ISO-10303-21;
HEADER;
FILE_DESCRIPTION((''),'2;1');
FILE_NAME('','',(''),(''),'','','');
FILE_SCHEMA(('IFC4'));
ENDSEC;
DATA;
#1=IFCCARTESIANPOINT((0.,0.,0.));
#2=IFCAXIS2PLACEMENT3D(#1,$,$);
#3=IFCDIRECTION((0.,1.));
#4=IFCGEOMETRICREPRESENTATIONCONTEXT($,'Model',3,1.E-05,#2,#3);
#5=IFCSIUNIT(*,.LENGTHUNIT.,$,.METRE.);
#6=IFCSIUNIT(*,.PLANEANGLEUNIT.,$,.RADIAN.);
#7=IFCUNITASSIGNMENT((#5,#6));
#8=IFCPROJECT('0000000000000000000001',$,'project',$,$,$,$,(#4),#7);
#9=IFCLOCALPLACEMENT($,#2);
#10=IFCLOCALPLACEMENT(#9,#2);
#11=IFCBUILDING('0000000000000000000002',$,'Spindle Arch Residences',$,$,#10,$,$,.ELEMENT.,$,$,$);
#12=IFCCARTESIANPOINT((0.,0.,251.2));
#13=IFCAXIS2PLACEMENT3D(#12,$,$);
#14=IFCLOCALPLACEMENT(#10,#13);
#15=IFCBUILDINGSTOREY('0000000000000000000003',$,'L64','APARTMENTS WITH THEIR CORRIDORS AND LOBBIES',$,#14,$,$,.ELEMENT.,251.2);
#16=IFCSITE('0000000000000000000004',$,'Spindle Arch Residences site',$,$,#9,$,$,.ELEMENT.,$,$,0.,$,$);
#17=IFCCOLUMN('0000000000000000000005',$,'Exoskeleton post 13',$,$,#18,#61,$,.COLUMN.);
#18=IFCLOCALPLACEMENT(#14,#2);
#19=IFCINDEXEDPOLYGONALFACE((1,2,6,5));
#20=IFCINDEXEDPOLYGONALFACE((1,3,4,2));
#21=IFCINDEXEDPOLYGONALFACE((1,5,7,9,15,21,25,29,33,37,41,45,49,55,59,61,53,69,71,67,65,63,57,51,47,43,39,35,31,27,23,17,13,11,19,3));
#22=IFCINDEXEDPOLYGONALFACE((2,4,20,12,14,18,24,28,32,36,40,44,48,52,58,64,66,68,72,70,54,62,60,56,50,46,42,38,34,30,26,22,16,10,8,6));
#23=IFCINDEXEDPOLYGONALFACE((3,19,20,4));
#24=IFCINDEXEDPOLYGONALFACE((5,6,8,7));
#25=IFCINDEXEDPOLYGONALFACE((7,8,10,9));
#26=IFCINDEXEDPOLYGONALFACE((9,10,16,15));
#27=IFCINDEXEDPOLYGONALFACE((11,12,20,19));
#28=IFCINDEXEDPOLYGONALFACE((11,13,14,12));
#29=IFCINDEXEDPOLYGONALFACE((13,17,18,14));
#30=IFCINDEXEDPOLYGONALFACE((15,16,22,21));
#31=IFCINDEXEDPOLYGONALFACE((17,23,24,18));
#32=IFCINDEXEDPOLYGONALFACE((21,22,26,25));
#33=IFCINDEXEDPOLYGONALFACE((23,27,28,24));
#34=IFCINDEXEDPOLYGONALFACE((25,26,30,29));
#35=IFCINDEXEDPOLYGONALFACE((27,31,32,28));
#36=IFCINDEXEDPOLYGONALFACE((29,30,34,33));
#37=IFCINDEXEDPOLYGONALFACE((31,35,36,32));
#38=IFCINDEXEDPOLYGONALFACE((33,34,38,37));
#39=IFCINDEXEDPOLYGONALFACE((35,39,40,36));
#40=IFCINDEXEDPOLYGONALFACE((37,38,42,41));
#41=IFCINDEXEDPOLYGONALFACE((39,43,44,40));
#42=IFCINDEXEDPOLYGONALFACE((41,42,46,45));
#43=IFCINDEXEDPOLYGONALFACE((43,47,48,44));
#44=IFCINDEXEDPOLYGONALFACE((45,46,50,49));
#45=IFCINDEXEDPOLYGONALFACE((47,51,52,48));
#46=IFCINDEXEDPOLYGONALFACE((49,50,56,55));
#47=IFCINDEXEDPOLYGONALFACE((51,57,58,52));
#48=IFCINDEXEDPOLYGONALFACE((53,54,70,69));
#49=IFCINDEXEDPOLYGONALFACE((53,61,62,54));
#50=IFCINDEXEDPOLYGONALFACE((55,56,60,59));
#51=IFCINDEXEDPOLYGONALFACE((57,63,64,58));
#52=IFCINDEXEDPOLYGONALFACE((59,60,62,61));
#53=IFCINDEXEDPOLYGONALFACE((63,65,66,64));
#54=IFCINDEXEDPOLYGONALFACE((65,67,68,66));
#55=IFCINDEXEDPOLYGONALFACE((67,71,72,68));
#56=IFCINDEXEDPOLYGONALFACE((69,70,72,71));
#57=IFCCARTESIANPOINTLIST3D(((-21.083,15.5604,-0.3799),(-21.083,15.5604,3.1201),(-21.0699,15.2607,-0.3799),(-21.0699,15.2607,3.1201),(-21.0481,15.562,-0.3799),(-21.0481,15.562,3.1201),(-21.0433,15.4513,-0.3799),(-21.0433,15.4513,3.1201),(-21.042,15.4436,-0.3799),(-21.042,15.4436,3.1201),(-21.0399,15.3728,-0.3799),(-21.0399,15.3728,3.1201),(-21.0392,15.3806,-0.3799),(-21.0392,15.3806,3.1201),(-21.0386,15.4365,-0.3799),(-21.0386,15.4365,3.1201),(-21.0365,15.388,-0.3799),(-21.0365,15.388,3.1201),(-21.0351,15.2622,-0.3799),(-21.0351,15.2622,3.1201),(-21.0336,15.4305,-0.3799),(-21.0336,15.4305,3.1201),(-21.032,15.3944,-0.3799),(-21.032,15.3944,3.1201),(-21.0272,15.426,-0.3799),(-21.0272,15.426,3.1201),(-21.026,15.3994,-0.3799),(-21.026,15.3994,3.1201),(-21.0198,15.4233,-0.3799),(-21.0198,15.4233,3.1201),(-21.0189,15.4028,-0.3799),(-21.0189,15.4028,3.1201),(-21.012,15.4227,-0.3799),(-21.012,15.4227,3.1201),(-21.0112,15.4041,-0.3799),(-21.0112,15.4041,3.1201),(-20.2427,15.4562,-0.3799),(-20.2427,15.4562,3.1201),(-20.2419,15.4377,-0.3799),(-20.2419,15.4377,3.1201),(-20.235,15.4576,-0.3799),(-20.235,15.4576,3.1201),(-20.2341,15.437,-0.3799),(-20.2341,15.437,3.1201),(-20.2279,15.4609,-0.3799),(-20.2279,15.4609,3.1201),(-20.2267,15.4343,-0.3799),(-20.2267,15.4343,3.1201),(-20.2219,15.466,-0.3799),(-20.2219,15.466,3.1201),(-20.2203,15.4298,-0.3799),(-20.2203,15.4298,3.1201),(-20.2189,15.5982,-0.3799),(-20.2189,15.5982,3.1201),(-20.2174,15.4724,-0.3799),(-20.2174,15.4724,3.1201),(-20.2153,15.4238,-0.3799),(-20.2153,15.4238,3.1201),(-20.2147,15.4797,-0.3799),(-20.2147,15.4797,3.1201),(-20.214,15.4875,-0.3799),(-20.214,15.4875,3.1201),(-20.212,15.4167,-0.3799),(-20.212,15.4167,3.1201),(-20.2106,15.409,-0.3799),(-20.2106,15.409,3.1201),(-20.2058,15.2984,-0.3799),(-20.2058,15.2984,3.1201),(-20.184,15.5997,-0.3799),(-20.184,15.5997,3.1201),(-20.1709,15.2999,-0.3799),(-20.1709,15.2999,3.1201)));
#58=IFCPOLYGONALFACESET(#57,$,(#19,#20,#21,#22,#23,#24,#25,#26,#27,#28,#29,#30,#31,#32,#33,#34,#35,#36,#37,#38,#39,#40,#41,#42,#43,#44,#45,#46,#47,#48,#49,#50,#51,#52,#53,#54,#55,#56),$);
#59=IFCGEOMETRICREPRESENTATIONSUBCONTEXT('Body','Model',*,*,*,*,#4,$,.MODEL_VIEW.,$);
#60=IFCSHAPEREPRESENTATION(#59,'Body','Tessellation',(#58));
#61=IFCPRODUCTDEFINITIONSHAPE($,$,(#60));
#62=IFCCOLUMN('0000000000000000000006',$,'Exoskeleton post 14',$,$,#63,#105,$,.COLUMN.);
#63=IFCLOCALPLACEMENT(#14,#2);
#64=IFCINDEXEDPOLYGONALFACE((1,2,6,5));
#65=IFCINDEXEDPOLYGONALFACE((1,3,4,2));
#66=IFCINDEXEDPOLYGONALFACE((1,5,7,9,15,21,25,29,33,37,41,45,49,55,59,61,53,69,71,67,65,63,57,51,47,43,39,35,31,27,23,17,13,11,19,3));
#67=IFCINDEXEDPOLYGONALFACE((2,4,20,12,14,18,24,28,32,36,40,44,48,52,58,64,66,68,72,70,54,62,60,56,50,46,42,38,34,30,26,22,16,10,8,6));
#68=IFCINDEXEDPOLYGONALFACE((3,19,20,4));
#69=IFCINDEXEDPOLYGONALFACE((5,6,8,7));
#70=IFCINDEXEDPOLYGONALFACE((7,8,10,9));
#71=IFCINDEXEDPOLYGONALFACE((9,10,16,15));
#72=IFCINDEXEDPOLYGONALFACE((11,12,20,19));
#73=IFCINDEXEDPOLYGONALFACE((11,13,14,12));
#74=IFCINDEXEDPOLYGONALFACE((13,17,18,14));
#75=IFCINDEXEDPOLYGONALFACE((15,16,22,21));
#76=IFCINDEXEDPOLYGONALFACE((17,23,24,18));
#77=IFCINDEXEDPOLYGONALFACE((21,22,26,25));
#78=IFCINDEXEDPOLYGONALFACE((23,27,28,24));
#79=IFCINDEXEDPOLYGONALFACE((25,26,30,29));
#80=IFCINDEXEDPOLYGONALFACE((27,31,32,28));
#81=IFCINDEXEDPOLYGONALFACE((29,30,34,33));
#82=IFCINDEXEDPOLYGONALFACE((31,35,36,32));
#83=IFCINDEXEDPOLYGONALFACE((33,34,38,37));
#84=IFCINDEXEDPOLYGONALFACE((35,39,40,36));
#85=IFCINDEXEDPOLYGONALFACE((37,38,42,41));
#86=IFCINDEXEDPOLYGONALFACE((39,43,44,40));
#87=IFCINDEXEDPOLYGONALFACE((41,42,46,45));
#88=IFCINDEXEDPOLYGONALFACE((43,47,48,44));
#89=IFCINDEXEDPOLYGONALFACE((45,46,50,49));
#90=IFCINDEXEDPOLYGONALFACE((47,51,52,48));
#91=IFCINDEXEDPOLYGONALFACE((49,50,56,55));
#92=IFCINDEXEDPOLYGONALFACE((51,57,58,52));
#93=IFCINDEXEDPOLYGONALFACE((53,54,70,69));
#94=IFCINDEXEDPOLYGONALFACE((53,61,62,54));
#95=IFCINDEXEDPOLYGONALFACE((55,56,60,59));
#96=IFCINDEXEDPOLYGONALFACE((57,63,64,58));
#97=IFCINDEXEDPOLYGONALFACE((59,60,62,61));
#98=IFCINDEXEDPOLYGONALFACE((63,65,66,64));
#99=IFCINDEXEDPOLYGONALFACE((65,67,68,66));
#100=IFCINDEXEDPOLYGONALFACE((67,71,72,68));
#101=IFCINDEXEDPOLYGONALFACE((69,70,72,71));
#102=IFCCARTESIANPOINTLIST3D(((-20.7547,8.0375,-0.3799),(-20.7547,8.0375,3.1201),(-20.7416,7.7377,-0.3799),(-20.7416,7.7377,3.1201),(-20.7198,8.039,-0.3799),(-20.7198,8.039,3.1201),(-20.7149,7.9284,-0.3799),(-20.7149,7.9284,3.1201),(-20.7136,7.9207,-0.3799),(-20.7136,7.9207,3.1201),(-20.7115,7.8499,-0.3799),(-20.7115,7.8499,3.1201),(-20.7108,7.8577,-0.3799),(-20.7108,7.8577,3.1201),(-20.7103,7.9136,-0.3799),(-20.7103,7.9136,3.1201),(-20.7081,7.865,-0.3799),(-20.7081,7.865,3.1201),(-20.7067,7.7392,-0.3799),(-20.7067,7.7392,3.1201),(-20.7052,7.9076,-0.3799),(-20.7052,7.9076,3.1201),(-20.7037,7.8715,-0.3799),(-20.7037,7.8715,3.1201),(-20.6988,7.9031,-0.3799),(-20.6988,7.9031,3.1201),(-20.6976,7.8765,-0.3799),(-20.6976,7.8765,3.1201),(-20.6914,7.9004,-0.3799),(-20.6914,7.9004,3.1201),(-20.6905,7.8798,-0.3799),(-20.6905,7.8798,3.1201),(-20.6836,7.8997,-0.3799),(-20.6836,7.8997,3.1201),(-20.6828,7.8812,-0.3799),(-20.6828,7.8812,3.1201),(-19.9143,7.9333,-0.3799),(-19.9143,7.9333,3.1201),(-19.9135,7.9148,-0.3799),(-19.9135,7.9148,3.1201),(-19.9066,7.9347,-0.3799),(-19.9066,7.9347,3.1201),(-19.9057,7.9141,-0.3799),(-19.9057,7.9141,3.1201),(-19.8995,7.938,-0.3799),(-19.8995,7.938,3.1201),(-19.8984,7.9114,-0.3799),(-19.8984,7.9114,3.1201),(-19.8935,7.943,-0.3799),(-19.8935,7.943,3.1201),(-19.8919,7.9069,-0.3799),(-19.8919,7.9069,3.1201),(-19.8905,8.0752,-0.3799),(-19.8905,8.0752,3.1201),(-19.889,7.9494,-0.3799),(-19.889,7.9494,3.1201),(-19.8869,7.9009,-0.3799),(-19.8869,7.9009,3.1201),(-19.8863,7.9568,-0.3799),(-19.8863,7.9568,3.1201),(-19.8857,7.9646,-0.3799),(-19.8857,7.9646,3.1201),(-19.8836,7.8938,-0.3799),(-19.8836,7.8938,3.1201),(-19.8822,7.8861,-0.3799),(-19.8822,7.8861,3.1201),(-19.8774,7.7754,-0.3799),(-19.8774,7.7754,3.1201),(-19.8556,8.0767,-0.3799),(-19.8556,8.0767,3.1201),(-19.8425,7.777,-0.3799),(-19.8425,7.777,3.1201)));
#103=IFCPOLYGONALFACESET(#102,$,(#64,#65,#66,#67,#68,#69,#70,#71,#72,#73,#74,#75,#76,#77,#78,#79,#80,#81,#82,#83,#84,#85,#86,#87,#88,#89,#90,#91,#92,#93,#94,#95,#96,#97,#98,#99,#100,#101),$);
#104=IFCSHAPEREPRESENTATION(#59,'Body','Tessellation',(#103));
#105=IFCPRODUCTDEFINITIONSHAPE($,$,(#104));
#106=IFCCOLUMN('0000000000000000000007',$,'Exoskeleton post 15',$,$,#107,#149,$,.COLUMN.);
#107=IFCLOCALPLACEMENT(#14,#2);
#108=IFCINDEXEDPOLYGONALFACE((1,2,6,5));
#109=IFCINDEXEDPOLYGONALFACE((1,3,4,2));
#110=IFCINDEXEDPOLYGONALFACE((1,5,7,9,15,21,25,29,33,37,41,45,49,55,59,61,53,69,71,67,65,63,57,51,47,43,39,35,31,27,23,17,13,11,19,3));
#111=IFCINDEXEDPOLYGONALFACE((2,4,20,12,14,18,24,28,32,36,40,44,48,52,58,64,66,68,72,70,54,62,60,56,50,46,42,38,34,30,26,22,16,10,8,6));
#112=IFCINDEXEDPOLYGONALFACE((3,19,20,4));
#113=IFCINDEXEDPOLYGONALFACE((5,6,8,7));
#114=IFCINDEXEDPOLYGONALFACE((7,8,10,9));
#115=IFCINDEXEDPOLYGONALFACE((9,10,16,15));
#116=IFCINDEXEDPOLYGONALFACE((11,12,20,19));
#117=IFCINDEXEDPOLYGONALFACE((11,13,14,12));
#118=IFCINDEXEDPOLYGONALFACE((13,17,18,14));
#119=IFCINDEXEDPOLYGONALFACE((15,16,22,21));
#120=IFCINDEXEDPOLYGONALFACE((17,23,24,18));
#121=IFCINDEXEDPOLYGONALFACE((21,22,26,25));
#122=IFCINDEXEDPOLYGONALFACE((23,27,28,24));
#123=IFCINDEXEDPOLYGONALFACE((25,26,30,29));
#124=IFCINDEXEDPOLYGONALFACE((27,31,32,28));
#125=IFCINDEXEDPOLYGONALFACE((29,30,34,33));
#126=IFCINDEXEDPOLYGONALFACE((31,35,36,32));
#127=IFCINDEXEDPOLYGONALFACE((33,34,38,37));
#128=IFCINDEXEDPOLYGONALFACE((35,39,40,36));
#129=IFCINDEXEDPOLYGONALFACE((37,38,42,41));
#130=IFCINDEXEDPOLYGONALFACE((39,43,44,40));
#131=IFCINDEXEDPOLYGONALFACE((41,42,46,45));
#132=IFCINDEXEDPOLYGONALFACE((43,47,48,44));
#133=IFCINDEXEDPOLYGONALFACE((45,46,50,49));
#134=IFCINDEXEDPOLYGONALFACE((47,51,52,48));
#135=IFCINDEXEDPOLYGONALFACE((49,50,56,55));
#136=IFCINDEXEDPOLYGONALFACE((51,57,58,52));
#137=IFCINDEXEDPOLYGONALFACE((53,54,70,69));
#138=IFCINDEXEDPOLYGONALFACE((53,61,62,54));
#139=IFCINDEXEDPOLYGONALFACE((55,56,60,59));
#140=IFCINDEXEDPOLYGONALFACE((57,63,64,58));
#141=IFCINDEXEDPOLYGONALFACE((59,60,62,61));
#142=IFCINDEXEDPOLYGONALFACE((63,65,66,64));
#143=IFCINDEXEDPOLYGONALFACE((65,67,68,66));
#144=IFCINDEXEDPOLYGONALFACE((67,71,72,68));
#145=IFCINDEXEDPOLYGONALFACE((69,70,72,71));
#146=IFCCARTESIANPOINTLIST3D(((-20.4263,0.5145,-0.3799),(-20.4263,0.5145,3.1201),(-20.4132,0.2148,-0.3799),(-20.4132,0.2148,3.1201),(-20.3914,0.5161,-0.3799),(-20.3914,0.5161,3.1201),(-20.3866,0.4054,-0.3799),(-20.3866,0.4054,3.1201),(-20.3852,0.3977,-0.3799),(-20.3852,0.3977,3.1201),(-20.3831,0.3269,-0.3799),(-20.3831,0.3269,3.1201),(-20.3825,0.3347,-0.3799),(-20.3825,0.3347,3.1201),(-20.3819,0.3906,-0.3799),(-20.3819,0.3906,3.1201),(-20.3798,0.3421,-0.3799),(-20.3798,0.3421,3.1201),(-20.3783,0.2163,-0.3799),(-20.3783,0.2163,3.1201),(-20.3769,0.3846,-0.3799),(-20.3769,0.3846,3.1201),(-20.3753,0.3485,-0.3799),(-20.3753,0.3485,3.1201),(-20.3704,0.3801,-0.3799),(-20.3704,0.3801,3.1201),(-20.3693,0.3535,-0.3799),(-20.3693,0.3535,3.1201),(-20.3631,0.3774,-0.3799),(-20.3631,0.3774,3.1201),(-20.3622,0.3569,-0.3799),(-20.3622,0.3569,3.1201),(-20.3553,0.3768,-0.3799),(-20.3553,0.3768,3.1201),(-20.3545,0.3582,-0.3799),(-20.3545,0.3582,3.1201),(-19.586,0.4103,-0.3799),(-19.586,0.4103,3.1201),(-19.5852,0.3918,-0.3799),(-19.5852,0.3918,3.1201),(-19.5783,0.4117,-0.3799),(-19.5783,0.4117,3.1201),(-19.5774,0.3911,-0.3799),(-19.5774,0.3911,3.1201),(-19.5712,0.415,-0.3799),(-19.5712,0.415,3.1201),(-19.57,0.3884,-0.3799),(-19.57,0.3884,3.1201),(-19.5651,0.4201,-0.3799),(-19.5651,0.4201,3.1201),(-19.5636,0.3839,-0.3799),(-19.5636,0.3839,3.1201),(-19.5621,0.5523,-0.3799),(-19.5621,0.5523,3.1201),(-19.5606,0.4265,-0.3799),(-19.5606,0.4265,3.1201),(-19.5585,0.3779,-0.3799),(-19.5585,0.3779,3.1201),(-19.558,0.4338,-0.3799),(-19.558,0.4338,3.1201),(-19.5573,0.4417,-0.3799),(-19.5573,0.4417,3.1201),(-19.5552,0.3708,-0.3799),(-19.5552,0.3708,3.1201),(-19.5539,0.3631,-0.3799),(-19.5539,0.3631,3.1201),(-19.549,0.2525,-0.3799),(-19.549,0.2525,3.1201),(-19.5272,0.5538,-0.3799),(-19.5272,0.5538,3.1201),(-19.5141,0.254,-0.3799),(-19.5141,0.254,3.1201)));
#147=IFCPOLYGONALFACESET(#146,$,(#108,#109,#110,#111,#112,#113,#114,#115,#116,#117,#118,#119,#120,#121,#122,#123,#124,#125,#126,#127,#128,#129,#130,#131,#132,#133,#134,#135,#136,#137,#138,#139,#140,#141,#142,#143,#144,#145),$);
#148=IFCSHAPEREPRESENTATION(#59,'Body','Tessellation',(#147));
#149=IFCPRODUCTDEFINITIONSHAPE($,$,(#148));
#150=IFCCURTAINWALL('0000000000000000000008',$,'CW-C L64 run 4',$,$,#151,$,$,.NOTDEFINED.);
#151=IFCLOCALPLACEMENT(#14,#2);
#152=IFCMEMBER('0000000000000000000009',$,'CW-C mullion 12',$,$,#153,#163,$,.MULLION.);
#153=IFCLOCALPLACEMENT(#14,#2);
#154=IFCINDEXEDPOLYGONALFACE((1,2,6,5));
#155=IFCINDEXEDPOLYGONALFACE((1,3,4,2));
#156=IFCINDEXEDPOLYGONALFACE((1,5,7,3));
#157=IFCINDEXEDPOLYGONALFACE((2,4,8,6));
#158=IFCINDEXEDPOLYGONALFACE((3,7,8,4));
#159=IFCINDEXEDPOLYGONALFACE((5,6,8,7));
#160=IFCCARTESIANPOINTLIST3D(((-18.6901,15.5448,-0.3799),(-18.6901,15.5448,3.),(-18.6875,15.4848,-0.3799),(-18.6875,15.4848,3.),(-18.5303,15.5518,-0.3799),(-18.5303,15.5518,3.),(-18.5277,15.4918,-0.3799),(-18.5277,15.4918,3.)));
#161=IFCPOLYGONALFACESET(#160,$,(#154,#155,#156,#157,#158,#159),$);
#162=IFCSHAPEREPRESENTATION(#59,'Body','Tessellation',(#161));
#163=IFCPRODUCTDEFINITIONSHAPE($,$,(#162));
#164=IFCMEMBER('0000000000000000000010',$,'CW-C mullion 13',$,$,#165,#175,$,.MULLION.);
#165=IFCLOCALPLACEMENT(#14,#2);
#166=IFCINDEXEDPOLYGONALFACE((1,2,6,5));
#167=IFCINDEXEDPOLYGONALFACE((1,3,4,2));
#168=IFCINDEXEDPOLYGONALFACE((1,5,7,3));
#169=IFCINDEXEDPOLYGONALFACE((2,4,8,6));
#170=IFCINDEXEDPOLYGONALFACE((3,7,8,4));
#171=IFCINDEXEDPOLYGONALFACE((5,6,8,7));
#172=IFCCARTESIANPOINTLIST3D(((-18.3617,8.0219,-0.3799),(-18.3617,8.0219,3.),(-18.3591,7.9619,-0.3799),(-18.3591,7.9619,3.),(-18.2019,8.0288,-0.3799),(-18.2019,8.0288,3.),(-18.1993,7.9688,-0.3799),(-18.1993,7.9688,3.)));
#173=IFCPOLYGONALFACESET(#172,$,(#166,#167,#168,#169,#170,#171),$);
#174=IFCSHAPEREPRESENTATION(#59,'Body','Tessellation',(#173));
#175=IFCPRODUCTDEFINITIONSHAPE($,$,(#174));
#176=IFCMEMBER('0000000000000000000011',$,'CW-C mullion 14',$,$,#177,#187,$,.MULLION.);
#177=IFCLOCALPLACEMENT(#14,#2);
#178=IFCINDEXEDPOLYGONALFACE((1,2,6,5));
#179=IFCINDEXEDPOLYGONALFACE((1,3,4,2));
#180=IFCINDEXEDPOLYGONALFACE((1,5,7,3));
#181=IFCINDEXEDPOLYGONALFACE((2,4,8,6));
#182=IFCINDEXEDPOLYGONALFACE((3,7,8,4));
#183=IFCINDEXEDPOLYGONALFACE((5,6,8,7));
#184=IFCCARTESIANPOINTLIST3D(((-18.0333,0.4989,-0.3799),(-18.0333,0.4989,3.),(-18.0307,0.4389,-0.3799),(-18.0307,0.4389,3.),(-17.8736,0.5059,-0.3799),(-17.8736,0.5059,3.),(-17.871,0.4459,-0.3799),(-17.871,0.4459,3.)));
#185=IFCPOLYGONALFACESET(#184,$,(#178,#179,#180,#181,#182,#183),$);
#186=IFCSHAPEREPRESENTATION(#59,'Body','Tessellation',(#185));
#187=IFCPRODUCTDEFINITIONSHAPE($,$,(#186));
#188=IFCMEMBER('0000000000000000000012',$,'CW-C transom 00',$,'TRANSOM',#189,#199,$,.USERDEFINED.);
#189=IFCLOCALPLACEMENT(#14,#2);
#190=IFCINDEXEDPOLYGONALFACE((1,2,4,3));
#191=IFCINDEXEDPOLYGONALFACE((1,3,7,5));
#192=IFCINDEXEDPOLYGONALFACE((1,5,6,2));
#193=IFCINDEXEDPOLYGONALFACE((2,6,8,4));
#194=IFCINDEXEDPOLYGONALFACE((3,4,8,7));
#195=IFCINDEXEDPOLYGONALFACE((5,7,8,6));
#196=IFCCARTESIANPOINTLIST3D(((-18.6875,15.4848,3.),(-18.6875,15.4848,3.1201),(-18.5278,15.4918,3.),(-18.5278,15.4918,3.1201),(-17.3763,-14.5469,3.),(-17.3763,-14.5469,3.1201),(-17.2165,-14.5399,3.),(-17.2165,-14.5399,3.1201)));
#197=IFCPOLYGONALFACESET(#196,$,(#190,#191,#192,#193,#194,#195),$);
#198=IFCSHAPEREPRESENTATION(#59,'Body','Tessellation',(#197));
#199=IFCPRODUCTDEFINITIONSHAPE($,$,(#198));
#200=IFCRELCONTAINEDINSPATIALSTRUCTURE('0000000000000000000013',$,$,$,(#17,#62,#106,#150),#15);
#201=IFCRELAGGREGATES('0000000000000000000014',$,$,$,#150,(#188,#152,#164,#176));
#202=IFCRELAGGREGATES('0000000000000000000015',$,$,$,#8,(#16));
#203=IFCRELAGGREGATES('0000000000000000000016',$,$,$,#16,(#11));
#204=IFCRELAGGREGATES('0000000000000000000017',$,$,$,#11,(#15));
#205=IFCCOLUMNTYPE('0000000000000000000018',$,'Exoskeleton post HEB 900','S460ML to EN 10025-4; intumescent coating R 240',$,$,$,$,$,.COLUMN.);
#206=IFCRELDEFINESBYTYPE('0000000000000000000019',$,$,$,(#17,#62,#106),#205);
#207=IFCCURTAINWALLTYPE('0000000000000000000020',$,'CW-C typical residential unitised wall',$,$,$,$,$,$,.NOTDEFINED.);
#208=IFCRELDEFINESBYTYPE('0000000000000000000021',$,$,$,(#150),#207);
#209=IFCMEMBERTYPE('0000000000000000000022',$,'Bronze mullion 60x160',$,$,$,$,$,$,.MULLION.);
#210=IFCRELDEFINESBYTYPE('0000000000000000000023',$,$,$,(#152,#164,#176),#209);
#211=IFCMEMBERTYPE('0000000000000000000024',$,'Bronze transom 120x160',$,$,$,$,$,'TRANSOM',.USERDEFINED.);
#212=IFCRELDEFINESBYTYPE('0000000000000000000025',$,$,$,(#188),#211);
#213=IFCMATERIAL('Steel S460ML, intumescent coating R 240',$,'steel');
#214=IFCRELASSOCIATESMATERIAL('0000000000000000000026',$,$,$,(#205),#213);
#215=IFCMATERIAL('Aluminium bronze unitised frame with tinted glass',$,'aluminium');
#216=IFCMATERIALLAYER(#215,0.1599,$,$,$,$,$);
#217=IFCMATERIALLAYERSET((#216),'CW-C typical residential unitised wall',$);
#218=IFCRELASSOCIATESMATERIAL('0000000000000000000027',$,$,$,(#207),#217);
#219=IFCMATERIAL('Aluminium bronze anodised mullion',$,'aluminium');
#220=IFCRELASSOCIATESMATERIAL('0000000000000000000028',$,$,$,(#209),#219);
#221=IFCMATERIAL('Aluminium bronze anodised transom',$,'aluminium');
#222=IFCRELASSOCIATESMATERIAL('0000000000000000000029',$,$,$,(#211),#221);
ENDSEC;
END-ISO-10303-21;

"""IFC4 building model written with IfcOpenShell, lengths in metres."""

from ifc_helpers import new_model, si_unit, direction, frame, origin, origin_2d, place, context, subcontext, project, spatial, rectangle, i_section, extrude, material, layer, layer_set, material_profile, profile_set, type_object, element, aggregate, save


model = new_model("IFC4")

# Units and contexts
model_context = context("Model", 3, precision=1e-05, world=origin(), true_north=direction((0.0, 1.0)))
body_context = subcontext(model_context, "Body", "Model", "MODEL_VIEW")
ifc_project = project(units=[si_unit("LENGTHUNIT", "METRE"), si_unit("PLANEANGLEUNIT", "RADIAN")], contexts=[model_context])

# Site, building, storey
site_placement = place(None, origin())
site = spatial("IfcSite", under=ifc_project, at=site_placement, Name="Spindle Arch Residences site", CompositionType="ELEMENT", RefElevation=0.0)
building_placement = place(site_placement, origin())
building = spatial("IfcBuilding", under=site, at=building_placement, Name="Spindle Arch Residences", CompositionType="ELEMENT")
storey_placement = place(building_placement, frame((0.0, 0.0, 251.2)))
storey = spatial("IfcBuildingStorey", under=building, at=storey_placement, Name="L64", Description="APARTMENTS WITH THEIR CORRIDORS AND LOBBIES", CompositionType="ELEMENT", Elevation=251.2)

# Columns
ifc_material_1 = material(Name="Steel S460ML, intumescent coating R 240", Category="steel")
ifc_material_profile_1 = material_profile(ifc_material_1, i_section(OverallWidth=0.3, OverallDepth=0.8999, WebThickness=0.0186, FlangeThickness=0.0349, FilletRadius=0.03, at=origin_2d()), Name="HEB 900")
ifc_profile_set_1 = profile_set([ifc_material_profile_1], Name="Steel S460ML, intumescent coating R 240")
column_type = type_object("IfcColumnType", Name="Exoskeleton post HEB 900", Description="S460ML to EN 10025-4; intumescent coating R 240", PredefinedType="COLUMN", material=ifc_profile_set_1)
for number, where, z_axis, x_axis, name in (
    (1, (-20.627, 15.4302, -0.3799), (0.0, 0.0, 1.0), (-0.043619, 0.999048, 0.0), "Exoskeleton post 13"),
    (2, (-20.2986, 7.9072, -0.3799), (0.0, 0.0, 1.0), (-0.043619, 0.999048, 0.0), "Exoskeleton post 14"),
    (3, (-19.9702, 0.3843, -0.3799), (0.0, 0.0, 1.0), (-0.043619, 0.999048, 0.0), "Exoskeleton post 15"),
):
    element("IfcColumn", number, at=place(storey_placement, frame(where, z_axis=z_axis, x_axis=x_axis)), inside=storey, type_object=column_type, Name=name, PredefinedType="COLUMN", context=body_context, shape_type="SweptSolid", body=[
        extrude(i_section(OverallWidth=0.3, OverallDepth=0.8999, WebThickness=0.0186, FlangeThickness=0.0349, FilletRadius=0.03, at=origin_2d()), origin(), (0.0, 0.0, 1.0), 3.5),
    ])

# Curtain wall, members
ifc_material_2 = material(Name="Aluminium bronze unitised frame with tinted glass", Category="aluminium")
ifc_layer_1 = layer(ifc_material_2, 0.1599)
ifc_layer_set_1 = layer_set([ifc_layer_1], Name="CW-C typical residential unitised wall")
curtain_wall_type = type_object("IfcCurtainWallType", Name="CW-C typical residential unitised wall", PredefinedType="NOTDEFINED", material=ifc_layer_set_1)
curtain_wall_placement = place(storey_placement, origin())
curtain_wall = element("IfcCurtainWall", 4, at=curtain_wall_placement, inside=storey, type_object=curtain_wall_type, Name="CW-C L64 run 4", PredefinedType="NOTDEFINED")
ifc_material_3 = material(Name="Aluminium bronze anodised mullion", Category="aluminium")
ifc_material_profile_2 = material_profile(ifc_material_3, rectangle(XDim=0.1599, YDim=0.0601, at=origin_2d()), Name="MU 60x160")
ifc_profile_set_2 = profile_set([ifc_material_profile_2], Name="Aluminium bronze anodised mullion")
member_type_1 = type_object("IfcMemberType", Name="Bronze mullion 60x160", PredefinedType="MULLION", material=ifc_profile_set_2)
member_1_placement = place(storey_placement, frame((-18.6089, 15.5183, -0.3799), z_axis=(0.0, 0.0, 1.0), x_axis=(0.999048, 0.043619, 0.0)))
member_1 = element("IfcMember", 5, at=member_1_placement, type_object=member_type_1, Name="CW-C mullion 12", PredefinedType="MULLION", context=body_context, shape_type="SweptSolid", body=[
    extrude(rectangle(XDim=0.1599, YDim=0.0601, at=origin_2d()), origin(), (0.0, 0.0, 1.0), 3.3799),
])
member_2_placement = place(storey_placement, frame((-18.2805, 7.9954, -0.3799), z_axis=(0.0, 0.0, 1.0), x_axis=(0.999048, 0.043619, 0.0)))
member_2 = element("IfcMember", 6, at=member_2_placement, type_object=member_type_1, Name="CW-C mullion 13", PredefinedType="MULLION", context=body_context, shape_type="SweptSolid", body=[
    extrude(rectangle(XDim=0.1599, YDim=0.0601, at=origin_2d()), origin(), (0.0, 0.0, 1.0), 3.3799),
])
member_3_placement = place(storey_placement, frame((-17.9521, 0.4724, -0.3799), z_axis=(0.0, 0.0, 1.0), x_axis=(0.999048, 0.043619, 0.0)))
member_3 = element("IfcMember", 7, at=member_3_placement, type_object=member_type_1, Name="CW-C mullion 14", PredefinedType="MULLION", context=body_context, shape_type="SweptSolid", body=[
    extrude(rectangle(XDim=0.1599, YDim=0.0601, at=origin_2d()), origin(), (0.0, 0.0, 1.0), 3.3799),
])
ifc_material_4 = material(Name="Aluminium bronze anodised transom", Category="aluminium")
ifc_material_profile_3 = material_profile(ifc_material_4, rectangle(XDim=0.1599, YDim=0.1201, at=origin_2d()), Name="TR 120x160")
ifc_profile_set_3 = profile_set([ifc_material_profile_3], Name="Aluminium bronze anodised transom")
member_type_2 = type_object("IfcMemberType", Name="Bronze transom 120x160", ElementType="TRANSOM", PredefinedType="USERDEFINED", material=ifc_profile_set_3)
member_4_placement = place(storey_placement, frame((-18.6077, 15.4883, 3.0601), z_axis=(0.043622, -0.999048, 0.0), x_axis=(0.999048, 0.043622, 0.0)))
member_4 = element("IfcMember", 8, at=member_4_placement, type_object=member_type_2, Name="CW-C transom 00", ObjectType="TRANSOM", PredefinedType="USERDEFINED", context=body_context, shape_type="SweptSolid", body=[
    extrude(rectangle(XDim=0.1599, YDim=0.1201, at=origin_2d()), origin(), (0.0, 0.0, 1.0), 30.0603),
])

aggregate(curtain_wall, [member_4, member_1, member_2, member_3])

save(model, "model.ifc")
